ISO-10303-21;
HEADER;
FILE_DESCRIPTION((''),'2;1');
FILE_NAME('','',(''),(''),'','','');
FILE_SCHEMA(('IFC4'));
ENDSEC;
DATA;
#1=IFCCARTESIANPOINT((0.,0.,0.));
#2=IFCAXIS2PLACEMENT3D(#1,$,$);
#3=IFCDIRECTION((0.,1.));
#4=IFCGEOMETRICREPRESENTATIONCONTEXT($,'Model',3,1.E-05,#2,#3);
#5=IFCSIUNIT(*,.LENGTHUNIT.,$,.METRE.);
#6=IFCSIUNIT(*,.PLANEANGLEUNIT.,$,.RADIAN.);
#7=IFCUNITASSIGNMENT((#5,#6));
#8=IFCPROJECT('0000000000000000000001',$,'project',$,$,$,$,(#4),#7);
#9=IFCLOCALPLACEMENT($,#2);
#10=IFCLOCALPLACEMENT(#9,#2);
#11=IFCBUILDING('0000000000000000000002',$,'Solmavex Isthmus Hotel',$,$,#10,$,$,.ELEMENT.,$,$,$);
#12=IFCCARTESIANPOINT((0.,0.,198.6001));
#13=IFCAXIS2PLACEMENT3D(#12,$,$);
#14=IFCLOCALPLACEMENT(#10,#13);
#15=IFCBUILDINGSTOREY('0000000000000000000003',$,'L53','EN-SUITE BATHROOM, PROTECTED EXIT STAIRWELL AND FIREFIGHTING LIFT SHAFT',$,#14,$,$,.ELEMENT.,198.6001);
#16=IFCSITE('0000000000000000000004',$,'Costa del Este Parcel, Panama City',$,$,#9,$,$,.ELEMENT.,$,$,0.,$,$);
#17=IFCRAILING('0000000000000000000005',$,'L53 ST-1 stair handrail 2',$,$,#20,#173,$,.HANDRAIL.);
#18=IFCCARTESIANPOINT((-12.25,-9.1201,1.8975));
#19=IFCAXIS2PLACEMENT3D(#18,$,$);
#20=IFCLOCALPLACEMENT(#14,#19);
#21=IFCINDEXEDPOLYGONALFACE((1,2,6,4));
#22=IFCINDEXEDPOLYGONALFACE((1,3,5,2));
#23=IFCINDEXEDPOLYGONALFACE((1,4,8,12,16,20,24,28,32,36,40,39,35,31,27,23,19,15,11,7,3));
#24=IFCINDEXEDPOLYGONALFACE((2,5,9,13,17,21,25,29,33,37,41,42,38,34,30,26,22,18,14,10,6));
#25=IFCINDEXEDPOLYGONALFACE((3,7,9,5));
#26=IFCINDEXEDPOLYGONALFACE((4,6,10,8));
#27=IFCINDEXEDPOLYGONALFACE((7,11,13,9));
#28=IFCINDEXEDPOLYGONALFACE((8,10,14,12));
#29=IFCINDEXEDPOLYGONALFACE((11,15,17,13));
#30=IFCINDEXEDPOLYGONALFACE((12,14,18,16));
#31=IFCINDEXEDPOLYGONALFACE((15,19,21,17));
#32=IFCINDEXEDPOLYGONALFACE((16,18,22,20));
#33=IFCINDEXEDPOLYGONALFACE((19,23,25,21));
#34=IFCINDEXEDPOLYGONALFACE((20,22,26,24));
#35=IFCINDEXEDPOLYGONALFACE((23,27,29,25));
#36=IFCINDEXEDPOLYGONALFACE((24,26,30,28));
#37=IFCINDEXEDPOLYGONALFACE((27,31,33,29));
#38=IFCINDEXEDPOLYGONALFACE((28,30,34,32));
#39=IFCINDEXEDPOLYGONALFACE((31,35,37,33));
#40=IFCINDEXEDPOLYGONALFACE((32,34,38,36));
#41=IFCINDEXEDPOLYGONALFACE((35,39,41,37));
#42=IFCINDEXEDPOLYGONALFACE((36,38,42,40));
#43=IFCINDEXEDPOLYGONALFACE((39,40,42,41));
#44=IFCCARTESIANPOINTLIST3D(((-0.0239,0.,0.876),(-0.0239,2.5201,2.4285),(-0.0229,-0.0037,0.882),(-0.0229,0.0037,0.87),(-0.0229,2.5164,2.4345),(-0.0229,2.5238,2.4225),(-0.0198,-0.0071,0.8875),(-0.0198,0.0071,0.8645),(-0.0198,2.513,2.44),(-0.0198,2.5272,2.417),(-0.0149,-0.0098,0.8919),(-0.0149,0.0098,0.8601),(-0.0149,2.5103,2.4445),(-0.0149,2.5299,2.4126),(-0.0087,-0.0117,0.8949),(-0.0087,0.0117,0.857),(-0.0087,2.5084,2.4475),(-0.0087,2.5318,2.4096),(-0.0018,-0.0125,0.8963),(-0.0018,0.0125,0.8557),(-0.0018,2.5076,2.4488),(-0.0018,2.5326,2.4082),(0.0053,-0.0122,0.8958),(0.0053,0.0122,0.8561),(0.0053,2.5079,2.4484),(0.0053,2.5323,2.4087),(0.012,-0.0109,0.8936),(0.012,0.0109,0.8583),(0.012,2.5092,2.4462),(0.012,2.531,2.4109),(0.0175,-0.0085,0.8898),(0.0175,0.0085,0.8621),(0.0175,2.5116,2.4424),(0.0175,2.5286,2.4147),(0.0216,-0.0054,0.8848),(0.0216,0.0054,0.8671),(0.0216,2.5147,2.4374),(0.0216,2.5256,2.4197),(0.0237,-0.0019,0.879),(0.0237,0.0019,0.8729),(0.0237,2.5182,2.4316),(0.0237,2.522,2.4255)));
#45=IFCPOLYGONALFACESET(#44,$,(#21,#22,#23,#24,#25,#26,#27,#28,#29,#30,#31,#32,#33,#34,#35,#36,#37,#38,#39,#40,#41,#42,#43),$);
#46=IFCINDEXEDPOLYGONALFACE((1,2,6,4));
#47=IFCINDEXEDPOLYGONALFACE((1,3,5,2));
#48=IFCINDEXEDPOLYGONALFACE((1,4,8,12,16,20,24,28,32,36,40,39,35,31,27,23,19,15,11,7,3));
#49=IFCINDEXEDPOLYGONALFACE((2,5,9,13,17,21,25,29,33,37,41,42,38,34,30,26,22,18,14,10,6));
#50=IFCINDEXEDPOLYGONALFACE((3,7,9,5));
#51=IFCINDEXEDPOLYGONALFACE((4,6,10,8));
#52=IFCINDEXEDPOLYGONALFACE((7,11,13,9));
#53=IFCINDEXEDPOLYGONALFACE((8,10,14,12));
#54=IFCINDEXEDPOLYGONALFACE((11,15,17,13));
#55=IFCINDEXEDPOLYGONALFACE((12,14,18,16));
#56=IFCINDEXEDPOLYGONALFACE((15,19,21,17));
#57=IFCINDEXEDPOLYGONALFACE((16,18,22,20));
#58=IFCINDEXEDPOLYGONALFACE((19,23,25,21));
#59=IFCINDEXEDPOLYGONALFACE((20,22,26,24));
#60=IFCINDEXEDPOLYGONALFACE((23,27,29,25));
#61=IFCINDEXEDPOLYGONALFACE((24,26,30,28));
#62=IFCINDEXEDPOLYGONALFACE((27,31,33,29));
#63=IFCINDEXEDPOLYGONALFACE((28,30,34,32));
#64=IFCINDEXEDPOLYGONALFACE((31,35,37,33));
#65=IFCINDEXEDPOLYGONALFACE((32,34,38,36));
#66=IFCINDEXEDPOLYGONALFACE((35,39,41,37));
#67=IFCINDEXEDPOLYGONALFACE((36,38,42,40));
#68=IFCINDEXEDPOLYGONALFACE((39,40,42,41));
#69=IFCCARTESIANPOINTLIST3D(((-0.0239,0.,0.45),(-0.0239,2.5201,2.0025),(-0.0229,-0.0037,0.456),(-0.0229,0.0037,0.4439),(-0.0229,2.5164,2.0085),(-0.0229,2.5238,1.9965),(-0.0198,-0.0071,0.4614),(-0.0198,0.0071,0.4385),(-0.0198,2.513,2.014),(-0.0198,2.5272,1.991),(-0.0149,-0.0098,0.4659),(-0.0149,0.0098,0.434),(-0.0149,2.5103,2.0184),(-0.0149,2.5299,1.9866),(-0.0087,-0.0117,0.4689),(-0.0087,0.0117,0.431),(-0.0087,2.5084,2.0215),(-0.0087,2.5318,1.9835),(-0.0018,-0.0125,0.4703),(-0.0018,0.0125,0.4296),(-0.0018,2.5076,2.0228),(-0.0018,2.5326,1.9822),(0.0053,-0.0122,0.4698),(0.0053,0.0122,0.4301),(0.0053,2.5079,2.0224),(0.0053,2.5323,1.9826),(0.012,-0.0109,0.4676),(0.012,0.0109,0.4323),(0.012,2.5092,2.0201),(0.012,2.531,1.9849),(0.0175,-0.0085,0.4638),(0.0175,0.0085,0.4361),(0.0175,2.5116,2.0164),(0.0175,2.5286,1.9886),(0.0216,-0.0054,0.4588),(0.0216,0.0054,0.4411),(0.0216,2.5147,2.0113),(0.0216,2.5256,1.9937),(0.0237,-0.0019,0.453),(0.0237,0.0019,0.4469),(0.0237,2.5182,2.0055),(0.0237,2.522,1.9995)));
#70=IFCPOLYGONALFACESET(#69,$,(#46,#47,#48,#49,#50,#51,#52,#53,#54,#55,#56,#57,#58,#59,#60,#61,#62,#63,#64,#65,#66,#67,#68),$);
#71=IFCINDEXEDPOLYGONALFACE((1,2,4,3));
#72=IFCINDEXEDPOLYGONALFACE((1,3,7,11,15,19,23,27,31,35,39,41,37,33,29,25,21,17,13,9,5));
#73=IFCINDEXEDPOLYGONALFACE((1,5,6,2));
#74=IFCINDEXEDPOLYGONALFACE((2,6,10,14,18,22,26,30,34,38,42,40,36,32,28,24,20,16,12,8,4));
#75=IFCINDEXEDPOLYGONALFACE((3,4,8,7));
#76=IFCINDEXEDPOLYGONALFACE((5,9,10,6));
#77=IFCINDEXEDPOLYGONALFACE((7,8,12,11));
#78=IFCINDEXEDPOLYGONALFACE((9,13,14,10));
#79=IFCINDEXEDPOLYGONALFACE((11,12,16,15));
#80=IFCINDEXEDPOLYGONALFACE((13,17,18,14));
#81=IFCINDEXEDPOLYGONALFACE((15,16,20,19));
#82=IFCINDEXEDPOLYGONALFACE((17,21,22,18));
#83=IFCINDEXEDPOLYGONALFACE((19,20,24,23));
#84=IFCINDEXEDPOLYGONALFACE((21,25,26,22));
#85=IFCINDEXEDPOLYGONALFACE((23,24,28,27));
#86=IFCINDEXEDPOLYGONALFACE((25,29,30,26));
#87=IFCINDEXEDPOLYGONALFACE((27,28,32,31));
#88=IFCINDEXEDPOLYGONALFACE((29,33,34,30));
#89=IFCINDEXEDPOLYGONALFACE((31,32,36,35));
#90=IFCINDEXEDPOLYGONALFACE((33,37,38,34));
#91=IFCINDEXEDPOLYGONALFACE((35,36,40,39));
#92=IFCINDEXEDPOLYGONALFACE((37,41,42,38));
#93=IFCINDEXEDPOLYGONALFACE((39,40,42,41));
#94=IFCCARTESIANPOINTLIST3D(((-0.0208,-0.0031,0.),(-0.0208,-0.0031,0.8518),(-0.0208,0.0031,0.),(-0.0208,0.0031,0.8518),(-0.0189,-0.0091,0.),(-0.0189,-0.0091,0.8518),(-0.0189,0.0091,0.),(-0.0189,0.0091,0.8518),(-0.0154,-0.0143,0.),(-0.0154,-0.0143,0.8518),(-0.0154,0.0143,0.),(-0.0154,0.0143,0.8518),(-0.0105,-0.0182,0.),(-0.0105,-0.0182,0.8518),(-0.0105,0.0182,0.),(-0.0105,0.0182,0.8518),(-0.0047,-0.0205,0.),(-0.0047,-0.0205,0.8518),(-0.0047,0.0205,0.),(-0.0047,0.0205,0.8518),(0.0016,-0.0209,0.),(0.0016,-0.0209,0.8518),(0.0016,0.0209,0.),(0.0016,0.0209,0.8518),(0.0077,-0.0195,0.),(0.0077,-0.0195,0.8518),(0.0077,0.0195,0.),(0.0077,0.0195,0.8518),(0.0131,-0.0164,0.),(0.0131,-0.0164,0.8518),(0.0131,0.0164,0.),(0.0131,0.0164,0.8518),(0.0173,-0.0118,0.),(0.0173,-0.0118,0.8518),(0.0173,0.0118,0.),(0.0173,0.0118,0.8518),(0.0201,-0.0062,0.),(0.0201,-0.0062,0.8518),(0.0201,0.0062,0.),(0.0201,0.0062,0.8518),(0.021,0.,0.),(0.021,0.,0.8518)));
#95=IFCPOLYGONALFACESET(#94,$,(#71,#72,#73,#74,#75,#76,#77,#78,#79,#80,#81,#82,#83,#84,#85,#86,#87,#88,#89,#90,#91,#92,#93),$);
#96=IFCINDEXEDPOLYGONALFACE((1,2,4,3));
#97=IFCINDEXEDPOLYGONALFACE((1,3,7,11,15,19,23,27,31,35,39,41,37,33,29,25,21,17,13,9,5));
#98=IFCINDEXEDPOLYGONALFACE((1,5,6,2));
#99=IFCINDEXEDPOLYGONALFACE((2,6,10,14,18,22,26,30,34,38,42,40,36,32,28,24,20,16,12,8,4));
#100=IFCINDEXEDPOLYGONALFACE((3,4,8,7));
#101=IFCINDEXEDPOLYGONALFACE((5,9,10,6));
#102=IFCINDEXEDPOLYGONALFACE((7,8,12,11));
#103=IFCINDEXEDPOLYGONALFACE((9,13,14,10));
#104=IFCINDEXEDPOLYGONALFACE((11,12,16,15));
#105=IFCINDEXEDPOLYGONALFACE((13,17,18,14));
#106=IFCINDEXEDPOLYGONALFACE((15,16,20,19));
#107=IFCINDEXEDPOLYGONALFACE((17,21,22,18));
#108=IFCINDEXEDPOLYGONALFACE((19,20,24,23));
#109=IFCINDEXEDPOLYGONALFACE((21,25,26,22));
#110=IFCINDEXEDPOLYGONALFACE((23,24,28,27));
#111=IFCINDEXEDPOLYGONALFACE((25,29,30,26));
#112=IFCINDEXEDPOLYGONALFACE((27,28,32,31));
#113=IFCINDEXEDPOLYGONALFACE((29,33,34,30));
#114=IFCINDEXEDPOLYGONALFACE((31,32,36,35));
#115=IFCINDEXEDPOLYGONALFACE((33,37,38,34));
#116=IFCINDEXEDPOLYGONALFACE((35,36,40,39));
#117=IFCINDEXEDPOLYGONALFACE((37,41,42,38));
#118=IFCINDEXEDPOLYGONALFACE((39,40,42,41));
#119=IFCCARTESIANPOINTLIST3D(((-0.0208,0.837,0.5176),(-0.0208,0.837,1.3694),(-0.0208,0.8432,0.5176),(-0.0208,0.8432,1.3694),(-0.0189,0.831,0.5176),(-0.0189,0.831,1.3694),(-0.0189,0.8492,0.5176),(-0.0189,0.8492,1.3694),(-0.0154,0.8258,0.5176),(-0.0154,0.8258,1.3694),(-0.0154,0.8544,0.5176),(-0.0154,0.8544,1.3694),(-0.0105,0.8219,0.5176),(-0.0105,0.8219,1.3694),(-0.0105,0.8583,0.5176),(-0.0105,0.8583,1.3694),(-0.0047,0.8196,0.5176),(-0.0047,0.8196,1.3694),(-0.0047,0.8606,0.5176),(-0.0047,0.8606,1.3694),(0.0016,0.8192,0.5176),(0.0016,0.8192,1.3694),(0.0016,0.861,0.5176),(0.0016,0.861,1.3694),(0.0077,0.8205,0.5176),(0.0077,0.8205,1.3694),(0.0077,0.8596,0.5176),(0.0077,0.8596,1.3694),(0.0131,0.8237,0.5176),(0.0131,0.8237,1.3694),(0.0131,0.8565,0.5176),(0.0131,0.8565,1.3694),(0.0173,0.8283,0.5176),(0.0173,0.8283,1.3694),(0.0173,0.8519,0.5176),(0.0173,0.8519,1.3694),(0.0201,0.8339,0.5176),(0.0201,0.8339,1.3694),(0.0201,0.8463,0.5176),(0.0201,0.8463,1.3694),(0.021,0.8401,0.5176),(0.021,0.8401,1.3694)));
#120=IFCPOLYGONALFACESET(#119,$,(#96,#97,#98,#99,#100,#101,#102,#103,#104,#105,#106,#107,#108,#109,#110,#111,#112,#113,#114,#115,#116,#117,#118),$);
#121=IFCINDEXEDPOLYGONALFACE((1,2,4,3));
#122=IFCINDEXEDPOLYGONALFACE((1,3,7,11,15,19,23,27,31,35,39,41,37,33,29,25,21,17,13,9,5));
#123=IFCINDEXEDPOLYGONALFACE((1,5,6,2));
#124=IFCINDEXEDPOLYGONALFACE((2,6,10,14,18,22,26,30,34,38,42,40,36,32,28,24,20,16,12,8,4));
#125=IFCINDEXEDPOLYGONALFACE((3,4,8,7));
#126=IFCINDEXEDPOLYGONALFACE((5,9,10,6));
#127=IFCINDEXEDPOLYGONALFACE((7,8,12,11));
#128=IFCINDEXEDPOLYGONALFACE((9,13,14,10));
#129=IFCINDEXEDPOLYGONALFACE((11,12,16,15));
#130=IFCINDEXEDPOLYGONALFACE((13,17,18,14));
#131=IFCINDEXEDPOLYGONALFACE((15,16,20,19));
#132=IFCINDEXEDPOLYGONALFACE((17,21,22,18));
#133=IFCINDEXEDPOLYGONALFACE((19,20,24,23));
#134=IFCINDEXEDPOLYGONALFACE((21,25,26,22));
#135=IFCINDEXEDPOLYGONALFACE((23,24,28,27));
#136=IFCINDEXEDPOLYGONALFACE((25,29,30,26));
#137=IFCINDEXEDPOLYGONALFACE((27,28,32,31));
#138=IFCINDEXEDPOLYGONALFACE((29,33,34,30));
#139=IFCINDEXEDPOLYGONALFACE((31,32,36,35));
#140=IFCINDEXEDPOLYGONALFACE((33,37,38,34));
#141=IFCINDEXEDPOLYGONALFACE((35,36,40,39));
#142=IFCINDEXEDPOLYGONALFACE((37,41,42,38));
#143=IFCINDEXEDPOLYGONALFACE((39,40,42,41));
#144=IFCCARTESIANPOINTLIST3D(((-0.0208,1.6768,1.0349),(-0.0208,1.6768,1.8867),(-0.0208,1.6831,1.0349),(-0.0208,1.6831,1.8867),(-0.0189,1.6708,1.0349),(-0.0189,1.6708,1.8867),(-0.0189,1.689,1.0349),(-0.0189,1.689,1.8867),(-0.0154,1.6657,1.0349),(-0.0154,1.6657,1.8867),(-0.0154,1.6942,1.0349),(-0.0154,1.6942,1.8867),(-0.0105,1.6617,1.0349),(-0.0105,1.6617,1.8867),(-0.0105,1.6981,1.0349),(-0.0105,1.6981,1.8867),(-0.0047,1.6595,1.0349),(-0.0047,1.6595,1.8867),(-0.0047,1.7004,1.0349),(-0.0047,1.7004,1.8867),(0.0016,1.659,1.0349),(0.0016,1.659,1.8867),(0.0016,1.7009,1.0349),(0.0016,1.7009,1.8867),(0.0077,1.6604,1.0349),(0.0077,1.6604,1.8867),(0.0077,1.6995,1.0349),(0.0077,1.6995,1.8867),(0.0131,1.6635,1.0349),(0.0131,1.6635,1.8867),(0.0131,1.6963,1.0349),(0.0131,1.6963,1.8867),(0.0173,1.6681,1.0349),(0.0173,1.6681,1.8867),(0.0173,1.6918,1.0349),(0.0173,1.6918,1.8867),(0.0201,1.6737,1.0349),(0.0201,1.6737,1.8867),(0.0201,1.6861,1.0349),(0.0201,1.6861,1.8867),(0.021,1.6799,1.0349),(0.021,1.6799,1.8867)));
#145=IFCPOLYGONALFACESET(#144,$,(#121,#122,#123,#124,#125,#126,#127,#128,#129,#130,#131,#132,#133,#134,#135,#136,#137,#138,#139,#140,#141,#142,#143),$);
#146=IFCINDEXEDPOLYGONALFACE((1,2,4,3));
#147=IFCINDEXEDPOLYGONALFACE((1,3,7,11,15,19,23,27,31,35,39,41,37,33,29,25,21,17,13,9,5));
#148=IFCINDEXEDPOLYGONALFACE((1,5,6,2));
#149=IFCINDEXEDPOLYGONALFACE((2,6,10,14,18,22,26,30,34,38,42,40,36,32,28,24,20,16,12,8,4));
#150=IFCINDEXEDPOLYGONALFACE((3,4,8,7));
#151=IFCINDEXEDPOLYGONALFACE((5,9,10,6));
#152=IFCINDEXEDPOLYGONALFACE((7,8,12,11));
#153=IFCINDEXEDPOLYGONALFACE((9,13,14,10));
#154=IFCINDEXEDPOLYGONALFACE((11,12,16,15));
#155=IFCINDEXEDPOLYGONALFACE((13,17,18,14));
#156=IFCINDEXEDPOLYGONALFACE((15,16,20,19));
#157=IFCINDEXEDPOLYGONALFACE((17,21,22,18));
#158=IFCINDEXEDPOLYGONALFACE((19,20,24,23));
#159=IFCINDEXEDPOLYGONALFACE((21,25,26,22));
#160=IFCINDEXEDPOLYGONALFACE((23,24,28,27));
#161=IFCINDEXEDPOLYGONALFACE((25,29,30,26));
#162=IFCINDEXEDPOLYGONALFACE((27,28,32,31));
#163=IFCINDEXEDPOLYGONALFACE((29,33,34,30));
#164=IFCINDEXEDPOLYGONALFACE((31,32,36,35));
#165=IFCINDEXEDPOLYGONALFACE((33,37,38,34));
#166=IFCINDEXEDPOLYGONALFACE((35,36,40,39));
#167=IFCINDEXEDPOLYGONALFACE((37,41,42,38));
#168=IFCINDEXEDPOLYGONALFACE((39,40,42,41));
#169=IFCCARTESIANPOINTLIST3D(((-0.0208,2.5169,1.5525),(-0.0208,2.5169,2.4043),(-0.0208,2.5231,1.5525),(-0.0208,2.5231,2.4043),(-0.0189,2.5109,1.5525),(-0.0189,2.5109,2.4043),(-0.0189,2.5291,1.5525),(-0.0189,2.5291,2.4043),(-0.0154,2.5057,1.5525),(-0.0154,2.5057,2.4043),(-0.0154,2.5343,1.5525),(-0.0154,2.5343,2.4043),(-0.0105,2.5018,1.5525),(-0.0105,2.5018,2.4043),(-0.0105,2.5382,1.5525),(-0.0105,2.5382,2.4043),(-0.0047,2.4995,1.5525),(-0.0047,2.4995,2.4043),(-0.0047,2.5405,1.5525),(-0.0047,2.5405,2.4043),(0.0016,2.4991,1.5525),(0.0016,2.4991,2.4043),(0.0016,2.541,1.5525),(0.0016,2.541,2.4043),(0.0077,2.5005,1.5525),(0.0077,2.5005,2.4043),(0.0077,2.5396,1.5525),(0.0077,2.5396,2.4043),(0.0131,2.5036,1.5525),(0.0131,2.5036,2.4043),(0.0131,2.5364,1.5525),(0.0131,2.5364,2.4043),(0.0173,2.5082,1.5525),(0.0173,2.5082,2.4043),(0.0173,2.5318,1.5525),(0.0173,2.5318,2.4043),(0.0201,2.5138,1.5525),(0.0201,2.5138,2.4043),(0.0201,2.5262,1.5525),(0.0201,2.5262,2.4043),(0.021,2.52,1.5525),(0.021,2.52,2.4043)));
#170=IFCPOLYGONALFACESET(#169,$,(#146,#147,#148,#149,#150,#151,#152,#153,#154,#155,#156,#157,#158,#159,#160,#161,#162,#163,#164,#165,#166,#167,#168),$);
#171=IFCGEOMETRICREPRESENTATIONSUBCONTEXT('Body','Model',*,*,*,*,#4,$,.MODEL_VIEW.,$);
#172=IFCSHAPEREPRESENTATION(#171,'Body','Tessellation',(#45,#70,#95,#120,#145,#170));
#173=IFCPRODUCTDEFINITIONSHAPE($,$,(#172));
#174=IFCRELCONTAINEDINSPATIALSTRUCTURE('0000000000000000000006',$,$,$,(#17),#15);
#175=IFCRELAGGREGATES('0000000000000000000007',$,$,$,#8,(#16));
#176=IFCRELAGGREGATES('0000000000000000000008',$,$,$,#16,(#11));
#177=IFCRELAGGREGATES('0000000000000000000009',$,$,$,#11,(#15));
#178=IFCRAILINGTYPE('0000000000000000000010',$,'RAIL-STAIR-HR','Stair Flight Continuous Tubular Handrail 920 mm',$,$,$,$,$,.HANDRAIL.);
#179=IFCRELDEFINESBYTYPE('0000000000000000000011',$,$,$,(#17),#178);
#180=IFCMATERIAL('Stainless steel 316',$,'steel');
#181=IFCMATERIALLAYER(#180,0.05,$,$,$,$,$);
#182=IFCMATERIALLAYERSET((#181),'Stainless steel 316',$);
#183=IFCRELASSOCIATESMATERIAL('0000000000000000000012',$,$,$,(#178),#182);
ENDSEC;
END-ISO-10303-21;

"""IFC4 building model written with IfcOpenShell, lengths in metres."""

from ifc_helpers import new_model, si_unit, direction, frame, origin, origin_2d, place, context, subcontext, project, spatial, circle, extrude, material, layer, layer_set, type_object, element, save


model = new_model("IFC4")

# Units and contexts
model_context = context("Model", 3, precision=1e-05, world=origin(), true_north=direction((0.0, 1.0)))
body_context = subcontext(model_context, "Body", "Model", "MODEL_VIEW")
ifc_project = project(units=[si_unit("LENGTHUNIT", "METRE"), si_unit("PLANEANGLEUNIT", "RADIAN")], contexts=[model_context])

# Site, building, storey
site_placement = place(None, origin())
site = spatial("IfcSite", under=ifc_project, at=site_placement, Name="Costa del Este Parcel, Panama City", CompositionType="ELEMENT", RefElevation=0.0)
building_placement = place(site_placement, origin())
building = spatial("IfcBuilding", under=site, at=building_placement, Name="Solmavex Isthmus Hotel", CompositionType="ELEMENT")
storey_placement = place(building_placement, frame((0.0, 0.0, 198.6001)))
storey = spatial("IfcBuildingStorey", under=building, at=storey_placement, Name="L53", Description="EN-SUITE BATHROOM, PROTECTED EXIT STAIRWELL AND FIREFIGHTING LIFT SHAFT", CompositionType="ELEMENT", Elevation=198.6001)

# Railing
ifc_material_1 = material(Name="Stainless steel 316", Category="steel")
ifc_layer_1 = layer(ifc_material_1, 0.05)
ifc_layer_set_1 = layer_set([ifc_layer_1], Name="Stainless steel 316")
railing_type = type_object("IfcRailingType", Name="RAIL-STAIR-HR", Description="Stair Flight Continuous Tubular Handrail 920 mm", PredefinedType="HANDRAIL", material=ifc_layer_set_1)
railing_placement = place(storey_placement, frame((-12.25, -9.1201, 1.8975)))
element("IfcRailing", 1, at=railing_placement, inside=storey, type_object=railing_type, Name="L53 ST-1 stair handrail 2", PredefinedType="HANDRAIL", context=body_context, shape_type="SweptSolid", body=[
    extrude(circle(Radius=0.0239, at=origin_2d()), frame((0.0, 0.0, 0.876), z_axis=(0.0, 0.8514, 0.524516), x_axis=(-1.0, 0.0, 0.0)), (0.0, 0.0, 1.0), 2.96),
    extrude(circle(Radius=0.0239, at=origin_2d()), frame((0.0, 0.0, 0.45), z_axis=(0.0, 0.8514, 0.524516), x_axis=(-1.0, 0.0, 0.0)), (0.0, 0.0, 1.0), 2.96),
    extrude(circle(Radius=0.021, at=origin_2d()), origin(), (0.0, 0.0, 1.0), 0.8518),
    extrude(circle(Radius=0.021, at=origin_2d()), frame((0.0, 0.8401, 0.5176)), (0.0, 0.0, 1.0), 0.8518),
    extrude(circle(Radius=0.021, at=origin_2d()), frame((0.0, 1.6799, 1.0349)), (0.0, 0.0, 1.0), 0.8518),
    extrude(circle(Radius=0.021, at=origin_2d()), frame((0.0, 2.52, 1.5525)), (0.0, 0.0, 1.0), 0.8518),
])

save(model, "model.ifc")
